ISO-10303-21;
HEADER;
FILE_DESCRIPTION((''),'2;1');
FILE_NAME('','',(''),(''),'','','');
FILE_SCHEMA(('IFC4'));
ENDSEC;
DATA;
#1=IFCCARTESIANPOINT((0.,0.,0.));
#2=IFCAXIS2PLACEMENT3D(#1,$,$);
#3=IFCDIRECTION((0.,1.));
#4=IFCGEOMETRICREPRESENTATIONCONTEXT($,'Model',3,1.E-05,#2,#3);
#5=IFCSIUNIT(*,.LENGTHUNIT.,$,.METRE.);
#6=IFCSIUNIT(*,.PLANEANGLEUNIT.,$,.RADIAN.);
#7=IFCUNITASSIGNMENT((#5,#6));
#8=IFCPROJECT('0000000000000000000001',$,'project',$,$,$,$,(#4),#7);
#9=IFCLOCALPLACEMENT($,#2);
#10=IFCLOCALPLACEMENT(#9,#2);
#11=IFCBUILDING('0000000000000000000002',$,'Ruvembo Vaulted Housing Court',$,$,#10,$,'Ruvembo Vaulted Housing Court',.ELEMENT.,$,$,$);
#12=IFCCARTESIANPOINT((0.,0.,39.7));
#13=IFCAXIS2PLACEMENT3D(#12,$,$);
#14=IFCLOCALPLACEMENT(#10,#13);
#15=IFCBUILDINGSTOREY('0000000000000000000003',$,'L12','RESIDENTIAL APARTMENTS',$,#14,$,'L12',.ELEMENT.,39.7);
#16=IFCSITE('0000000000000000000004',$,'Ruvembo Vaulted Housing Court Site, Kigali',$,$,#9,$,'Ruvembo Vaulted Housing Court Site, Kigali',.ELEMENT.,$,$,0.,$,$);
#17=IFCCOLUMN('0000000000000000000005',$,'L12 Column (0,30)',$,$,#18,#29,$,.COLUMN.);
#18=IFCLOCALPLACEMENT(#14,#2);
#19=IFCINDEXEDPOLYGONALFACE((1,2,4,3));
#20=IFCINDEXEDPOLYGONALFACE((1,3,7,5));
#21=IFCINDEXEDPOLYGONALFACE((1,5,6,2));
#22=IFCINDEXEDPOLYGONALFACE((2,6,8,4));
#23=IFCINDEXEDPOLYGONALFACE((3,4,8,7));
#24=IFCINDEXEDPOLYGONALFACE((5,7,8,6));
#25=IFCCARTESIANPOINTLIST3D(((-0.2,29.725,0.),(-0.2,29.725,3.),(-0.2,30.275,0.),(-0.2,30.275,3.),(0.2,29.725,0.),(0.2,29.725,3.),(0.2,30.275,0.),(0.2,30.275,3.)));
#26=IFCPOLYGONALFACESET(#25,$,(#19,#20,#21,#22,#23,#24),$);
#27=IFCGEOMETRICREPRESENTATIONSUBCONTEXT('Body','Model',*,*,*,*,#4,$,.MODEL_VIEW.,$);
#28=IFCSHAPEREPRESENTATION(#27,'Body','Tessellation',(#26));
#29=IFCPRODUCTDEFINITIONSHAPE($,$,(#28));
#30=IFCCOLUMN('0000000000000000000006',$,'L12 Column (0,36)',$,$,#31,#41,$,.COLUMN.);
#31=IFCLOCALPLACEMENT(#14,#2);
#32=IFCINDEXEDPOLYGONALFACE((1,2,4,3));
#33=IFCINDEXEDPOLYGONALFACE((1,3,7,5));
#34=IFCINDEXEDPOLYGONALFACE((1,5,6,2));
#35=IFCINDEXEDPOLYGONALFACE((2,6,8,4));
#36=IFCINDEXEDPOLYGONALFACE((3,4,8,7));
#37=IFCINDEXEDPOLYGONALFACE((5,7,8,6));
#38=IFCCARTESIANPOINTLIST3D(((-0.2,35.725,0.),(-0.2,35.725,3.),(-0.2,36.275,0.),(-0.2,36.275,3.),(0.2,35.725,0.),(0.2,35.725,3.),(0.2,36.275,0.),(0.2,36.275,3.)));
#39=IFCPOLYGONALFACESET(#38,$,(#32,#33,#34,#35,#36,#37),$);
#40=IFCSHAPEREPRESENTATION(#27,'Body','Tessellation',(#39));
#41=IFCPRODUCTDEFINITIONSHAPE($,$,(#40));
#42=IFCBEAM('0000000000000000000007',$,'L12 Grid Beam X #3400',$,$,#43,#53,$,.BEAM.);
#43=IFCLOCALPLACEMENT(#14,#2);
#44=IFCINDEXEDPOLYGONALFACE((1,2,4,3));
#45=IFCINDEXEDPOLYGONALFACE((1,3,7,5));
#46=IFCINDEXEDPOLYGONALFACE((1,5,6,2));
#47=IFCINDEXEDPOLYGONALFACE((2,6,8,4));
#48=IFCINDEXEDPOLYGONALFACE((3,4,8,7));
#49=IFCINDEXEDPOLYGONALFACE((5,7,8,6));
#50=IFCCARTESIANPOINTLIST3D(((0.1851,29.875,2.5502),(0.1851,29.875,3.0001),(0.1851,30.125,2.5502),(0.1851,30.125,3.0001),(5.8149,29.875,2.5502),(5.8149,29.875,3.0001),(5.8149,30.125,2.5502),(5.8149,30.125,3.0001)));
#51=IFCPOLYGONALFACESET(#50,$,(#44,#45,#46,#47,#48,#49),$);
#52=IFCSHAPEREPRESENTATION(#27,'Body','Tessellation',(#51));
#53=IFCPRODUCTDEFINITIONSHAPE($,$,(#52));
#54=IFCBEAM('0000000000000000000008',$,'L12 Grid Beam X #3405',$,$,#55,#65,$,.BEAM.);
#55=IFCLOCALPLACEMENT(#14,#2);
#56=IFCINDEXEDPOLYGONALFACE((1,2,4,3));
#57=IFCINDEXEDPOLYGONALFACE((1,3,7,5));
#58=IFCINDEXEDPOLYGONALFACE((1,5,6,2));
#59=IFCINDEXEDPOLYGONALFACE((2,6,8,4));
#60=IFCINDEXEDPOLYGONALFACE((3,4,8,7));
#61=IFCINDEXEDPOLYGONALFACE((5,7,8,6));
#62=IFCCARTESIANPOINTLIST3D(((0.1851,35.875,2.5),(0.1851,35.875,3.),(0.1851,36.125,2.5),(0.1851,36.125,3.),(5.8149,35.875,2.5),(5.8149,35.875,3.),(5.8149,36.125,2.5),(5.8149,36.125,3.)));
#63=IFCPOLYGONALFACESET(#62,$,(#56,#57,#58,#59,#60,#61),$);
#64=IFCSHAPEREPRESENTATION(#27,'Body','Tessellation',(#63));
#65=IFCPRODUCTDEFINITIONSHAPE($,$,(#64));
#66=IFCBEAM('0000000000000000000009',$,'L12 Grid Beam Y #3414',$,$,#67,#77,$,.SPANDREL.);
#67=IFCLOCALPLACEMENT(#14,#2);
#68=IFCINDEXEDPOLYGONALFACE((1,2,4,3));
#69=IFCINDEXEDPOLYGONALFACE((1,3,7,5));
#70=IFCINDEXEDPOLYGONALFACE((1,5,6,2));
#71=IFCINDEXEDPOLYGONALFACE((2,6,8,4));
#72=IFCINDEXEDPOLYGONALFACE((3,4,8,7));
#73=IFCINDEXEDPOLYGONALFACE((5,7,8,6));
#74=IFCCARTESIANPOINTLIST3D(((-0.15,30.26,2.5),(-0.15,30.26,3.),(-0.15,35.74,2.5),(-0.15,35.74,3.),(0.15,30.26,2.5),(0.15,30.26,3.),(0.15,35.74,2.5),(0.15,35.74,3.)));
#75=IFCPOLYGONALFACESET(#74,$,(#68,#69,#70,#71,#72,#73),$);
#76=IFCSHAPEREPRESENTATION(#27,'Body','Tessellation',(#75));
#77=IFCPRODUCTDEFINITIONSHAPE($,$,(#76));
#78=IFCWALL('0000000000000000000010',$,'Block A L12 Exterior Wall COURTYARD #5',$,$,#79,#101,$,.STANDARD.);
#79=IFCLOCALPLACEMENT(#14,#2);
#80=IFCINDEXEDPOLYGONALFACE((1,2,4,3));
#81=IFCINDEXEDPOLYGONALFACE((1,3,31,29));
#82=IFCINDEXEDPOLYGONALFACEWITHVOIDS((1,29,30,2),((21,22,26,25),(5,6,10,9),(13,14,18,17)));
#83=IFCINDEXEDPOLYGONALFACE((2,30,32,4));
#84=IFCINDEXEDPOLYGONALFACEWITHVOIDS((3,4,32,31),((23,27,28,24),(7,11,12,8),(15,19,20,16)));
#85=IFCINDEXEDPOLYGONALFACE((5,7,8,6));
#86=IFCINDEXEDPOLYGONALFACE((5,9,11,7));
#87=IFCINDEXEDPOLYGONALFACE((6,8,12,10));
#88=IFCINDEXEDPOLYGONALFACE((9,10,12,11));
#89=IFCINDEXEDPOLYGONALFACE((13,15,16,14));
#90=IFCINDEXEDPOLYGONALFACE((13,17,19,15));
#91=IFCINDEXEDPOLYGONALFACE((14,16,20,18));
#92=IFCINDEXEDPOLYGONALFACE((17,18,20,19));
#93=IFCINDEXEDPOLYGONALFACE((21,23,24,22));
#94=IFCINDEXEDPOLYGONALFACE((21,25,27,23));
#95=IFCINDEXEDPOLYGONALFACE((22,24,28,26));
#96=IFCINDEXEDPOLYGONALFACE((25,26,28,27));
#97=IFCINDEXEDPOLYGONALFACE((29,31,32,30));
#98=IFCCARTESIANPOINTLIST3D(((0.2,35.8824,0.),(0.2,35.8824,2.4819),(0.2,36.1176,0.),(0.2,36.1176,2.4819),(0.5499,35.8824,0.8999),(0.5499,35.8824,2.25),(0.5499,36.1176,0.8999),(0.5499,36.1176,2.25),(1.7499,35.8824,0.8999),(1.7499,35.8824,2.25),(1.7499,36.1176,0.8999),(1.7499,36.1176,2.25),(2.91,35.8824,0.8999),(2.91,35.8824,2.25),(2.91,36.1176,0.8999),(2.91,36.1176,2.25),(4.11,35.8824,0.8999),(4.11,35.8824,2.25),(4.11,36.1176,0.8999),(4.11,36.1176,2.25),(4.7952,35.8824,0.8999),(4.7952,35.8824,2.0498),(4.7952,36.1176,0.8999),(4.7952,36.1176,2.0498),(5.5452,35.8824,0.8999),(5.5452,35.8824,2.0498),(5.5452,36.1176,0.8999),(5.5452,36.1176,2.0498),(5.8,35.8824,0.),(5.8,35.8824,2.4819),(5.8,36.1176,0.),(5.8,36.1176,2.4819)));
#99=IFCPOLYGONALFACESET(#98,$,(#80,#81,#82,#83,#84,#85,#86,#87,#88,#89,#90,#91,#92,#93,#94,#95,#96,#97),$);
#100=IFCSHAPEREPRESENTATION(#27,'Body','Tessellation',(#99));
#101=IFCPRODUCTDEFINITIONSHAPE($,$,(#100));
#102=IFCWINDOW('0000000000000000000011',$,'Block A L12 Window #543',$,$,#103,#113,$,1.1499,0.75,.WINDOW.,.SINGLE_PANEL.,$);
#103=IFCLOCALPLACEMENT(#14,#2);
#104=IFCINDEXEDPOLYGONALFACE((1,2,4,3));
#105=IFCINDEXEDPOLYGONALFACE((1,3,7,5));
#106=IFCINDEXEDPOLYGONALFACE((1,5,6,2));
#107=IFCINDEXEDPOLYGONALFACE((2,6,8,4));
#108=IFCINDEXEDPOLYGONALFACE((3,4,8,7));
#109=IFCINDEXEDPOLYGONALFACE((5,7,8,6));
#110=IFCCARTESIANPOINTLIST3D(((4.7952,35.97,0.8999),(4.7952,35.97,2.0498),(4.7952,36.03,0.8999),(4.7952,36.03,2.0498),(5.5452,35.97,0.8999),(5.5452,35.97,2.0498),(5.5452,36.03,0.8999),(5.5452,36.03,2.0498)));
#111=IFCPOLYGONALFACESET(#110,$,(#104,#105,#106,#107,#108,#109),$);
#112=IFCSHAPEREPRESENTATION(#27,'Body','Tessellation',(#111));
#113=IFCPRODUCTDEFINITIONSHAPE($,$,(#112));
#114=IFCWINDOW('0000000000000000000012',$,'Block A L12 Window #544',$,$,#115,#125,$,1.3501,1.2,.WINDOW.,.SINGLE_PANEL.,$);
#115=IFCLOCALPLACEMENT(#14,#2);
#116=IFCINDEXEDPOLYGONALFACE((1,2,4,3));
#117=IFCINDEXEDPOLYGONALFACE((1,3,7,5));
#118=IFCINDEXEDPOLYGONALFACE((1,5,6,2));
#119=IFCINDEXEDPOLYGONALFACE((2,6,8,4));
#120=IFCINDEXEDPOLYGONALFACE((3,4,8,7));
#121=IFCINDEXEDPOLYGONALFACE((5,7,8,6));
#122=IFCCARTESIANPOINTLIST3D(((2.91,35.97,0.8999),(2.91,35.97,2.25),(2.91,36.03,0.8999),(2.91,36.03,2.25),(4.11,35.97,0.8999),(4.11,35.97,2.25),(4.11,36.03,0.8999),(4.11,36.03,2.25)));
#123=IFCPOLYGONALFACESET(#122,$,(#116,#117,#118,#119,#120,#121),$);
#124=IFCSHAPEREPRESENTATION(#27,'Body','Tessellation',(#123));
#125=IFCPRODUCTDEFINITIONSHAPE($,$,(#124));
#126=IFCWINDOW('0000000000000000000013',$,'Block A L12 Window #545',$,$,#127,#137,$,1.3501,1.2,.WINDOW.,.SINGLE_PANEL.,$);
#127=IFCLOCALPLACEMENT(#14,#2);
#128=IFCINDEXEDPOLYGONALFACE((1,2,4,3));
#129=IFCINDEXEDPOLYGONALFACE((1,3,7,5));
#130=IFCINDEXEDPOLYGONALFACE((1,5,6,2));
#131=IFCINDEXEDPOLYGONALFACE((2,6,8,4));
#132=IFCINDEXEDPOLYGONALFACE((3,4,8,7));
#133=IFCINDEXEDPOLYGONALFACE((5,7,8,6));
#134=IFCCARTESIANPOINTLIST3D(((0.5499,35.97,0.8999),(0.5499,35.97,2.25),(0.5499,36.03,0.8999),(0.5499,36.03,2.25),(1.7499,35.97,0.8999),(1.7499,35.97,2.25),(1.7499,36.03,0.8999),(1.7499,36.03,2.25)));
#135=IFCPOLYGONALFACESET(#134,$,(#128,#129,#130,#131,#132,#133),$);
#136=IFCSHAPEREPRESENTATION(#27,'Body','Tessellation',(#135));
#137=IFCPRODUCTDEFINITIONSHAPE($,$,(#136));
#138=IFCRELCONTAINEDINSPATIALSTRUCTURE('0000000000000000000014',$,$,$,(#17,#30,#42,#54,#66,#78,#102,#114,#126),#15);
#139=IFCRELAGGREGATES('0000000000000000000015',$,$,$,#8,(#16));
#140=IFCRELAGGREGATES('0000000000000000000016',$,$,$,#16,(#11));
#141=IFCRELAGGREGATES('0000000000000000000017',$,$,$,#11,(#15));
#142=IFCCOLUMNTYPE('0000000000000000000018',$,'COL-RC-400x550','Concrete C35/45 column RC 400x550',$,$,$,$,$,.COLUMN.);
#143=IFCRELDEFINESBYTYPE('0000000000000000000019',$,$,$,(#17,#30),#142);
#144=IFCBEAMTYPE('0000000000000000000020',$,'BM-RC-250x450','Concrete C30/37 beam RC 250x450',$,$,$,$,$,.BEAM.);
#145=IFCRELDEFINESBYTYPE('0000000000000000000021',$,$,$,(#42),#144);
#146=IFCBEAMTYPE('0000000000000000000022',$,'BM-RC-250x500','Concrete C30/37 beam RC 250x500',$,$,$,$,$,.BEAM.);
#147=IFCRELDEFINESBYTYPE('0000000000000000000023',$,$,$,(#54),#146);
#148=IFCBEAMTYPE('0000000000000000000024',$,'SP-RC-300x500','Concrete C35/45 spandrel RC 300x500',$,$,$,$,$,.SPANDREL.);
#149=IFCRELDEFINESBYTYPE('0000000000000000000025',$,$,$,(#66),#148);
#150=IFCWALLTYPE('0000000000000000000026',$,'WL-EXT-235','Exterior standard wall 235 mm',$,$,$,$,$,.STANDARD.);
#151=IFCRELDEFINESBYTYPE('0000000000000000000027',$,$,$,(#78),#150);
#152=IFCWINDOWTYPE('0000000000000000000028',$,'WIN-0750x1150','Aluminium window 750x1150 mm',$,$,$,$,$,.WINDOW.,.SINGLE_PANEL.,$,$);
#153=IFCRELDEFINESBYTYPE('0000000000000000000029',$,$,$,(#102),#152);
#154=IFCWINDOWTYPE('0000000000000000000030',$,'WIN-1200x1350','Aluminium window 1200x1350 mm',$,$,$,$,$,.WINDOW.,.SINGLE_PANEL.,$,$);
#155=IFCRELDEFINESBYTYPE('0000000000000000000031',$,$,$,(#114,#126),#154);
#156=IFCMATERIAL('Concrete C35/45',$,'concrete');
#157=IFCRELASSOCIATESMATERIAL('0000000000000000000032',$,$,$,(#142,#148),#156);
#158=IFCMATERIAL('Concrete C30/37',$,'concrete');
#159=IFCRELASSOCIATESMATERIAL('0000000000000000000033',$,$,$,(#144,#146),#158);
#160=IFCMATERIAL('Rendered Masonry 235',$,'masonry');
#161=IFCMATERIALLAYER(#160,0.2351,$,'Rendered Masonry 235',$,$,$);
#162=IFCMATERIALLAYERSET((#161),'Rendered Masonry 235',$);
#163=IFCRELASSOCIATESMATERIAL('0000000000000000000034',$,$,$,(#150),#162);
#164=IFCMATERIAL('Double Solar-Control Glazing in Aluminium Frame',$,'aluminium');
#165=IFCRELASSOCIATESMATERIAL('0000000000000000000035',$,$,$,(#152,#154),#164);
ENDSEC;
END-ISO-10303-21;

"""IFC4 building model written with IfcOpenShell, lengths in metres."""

from ifc_helpers import new_model, si_unit, direction, frame, frame_2d, origin, origin_2d, place, context, subcontext, project, spatial, rectangle, extrude, material, layer, layer_set, material_profile, profile_set, type_object, element, fill, save


model = new_model("IFC4")

# Units and contexts
model_context = context("Model", 3, precision=1e-05, world=origin(), true_north=direction((0.0, 1.0)))
body_context = subcontext(model_context, "Body", "Model", "MODEL_VIEW")
ifc_project = project(units=[si_unit("LENGTHUNIT", "METRE"), si_unit("PLANEANGLEUNIT", "RADIAN")], contexts=[model_context])

# Site, building, storey
site_placement = place(None, origin())
site = spatial("IfcSite", under=ifc_project, at=site_placement, Name="Ruvembo Vaulted Housing Court Site, Kigali", LongName="Ruvembo Vaulted Housing Court Site, Kigali", CompositionType="ELEMENT", RefElevation=0.0)
building_placement = place(site_placement, origin())
building = spatial("IfcBuilding", under=site, at=building_placement, Name="Ruvembo Vaulted Housing Court", LongName="Ruvembo Vaulted Housing Court", CompositionType="ELEMENT")
storey_placement = place(building_placement, frame((0.0, 0.0, 39.7)))
storey = spatial("IfcBuildingStorey", under=building, at=storey_placement, Name="L12", Description="RESIDENTIAL APARTMENTS", LongName="L12", CompositionType="ELEMENT", Elevation=39.7)

# Columns
ifc_material_1 = material(Name="Concrete C35/45", Category="concrete")
ifc_material_profile_1 = material_profile(ifc_material_1, rectangle(XDim=0.3999, YDim=0.55, at=origin_2d()), Name="RC 400x550")
ifc_profile_set_1 = profile_set([ifc_material_profile_1], Name="Concrete C35/45")
column_type = type_object("IfcColumnType", Name="COL-RC-400x550", Description="Concrete C35/45 column RC 400x550", PredefinedType="COLUMN", material=ifc_profile_set_1)
for number, where, z_axis, x_axis, name in (
    (1, (0.0, 30.0, 0.0), (0.0, 0.0, 1.0), (1.0, 0.0, 0.0), "L12 Column (0,30)"),
    (2, (0.0, 36.0, 0.0), (0.0, 0.0, 1.0), (1.0, 0.0, 0.0), "L12 Column (0,36)"),
):
    element("IfcColumn", number, at=place(storey_placement, frame(where, z_axis=z_axis, x_axis=x_axis)), inside=storey, type_object=column_type, Name=name, PredefinedType="COLUMN", context=body_context, shape_type="SweptSolid", body=[
        extrude(rectangle(XDim=0.3999, YDim=0.55, at=origin_2d()), origin(), (0.0, 0.0, 1.0), 3.0),
    ])

# Beams
ifc_material_2 = material(Name="Concrete C30/37", Category="concrete")
ifc_material_profile_2 = material_profile(ifc_material_2, rectangle(XDim=0.25, YDim=0.45, at=origin_2d()), Name="RC 250x450")
ifc_profile_set_2 = profile_set([ifc_material_profile_2], Name="Concrete C30/37")
beam_type_1 = type_object("IfcBeamType", Name="BM-RC-250x450", Description="Concrete C30/37 beam RC 250x450", PredefinedType="BEAM", material=ifc_profile_set_2)
beam_1_placement = place(storey_placement, frame((0.1851, 30.0, 2.7751), z_axis=(1.0, 0.0, 0.0), x_axis=(0.0, 1.0, 0.0)))
element("IfcBeam", 3, at=beam_1_placement, inside=storey, type_object=beam_type_1, Name="L12 Grid Beam X #3400", PredefinedType="BEAM", context=body_context, shape_type="SweptSolid", body=[
    extrude(rectangle(XDim=0.25, YDim=0.45, at=origin_2d()), origin(), (0.0, 0.0, 1.0), 5.6299),
])
ifc_material_profile_3 = material_profile(ifc_material_2, rectangle(XDim=0.25, YDim=0.5, at=origin_2d()), Name="RC 250x500")
ifc_profile_set_3 = profile_set([ifc_material_profile_3], Name="Concrete C30/37")
beam_type_2 = type_object("IfcBeamType", Name="BM-RC-250x500", Description="Concrete C30/37 beam RC 250x500", PredefinedType="BEAM", material=ifc_profile_set_3)
beam_2_placement = place(storey_placement, frame((0.1851, 36.0, 2.75), z_axis=(1.0, 0.0, 0.0), x_axis=(0.0, 1.0, 0.0)))
element("IfcBeam", 4, at=beam_2_placement, inside=storey, type_object=beam_type_2, Name="L12 Grid Beam X #3405", PredefinedType="BEAM", context=body_context, shape_type="SweptSolid", body=[
    extrude(rectangle(XDim=0.25, YDim=0.5, at=origin_2d()), origin(), (0.0, 0.0, 1.0), 5.6299),
])
ifc_material_profile_4 = material_profile(ifc_material_1, rectangle(XDim=0.3, YDim=0.5, at=origin_2d()), Name="RC 300x500")
ifc_profile_set_4 = profile_set([ifc_material_profile_4], Name="Concrete C35/45")
beam_type_3 = type_object("IfcBeamType", Name="SP-RC-300x500", Description="Concrete C35/45 spandrel RC 300x500", PredefinedType="SPANDREL", material=ifc_profile_set_4)
beam_3_placement = place(storey_placement, frame((0.0, 30.26, 2.75), z_axis=(0.0, 1.0, 0.0), x_axis=(-1.0, 0.0, 0.0)))
element("IfcBeam", 5, at=beam_3_placement, inside=storey, type_object=beam_type_3, Name="L12 Grid Beam Y #3414", PredefinedType="SPANDREL", context=body_context, shape_type="SweptSolid", body=[
    extrude(rectangle(XDim=0.3, YDim=0.5, at=origin_2d()), origin(), (0.0, 0.0, 1.0), 5.48),
])

# Wall, openings, windows
ifc_material_3 = material(Name="Rendered Masonry 235", Category="masonry")
ifc_layer_1 = layer(ifc_material_3, 0.2351, Name="Rendered Masonry 235")
ifc_layer_set_1 = layer_set([ifc_layer_1], Name="Rendered Masonry 235")
wall_type_1 = type_object("IfcWallType", Name="WL-EXT-235", Description="Exterior standard wall 235 mm", PredefinedType="STANDARD", material=ifc_layer_set_1)
wall_1_placement = place(storey_placement, frame((5.8, 36.0, 0.0), z_axis=(0.0, 0.0, 1.0), x_axis=(-1.0, 0.0, 0.0)))
wall_1 = element("IfcWall", 6, at=wall_1_placement, inside=storey, type_object=wall_type_1, Name="Block A L12 Exterior Wall COURTYARD #5", PredefinedType="STANDARD", context=body_context, shape_type="SweptSolid", body=[
    extrude(rectangle(XDim=5.6001, YDim=0.2351, at=frame_2d((2.8, 0.0))), origin(), (0.0, 0.0, 1.0), 2.4819),
])
opening_1_placement = place(wall_1_placement, frame((0.2549, 0.0, 0.8999)))
opening_1 = element("IfcOpeningElement", 7, at=opening_1_placement, cuts=wall_1, PredefinedType="OPENING", context=body_context, shape_type="SweptSolid", body=[
    extrude(rectangle(XDim=0.75, YDim=1.1499, at=frame_2d((0.375, 0.575))), frame((0.0, 0.1274, 0.0), z_axis=(0.0, -1.0, 0.0), x_axis=(1.0, 0.0, 0.0)), (0.0, 0.0, 1.0), 0.2551),
])
opening_2_placement = place(wall_1_placement, frame((1.6899, 0.0, 0.8999)))
opening_2 = element("IfcOpeningElement", 8, at=opening_2_placement, cuts=wall_1, PredefinedType="OPENING", context=body_context, shape_type="SweptSolid", body=[
    extrude(rectangle(XDim=1.2, YDim=1.3501, at=frame_2d((0.6001, 0.675))), frame((0.0, 0.1274, 0.0), z_axis=(0.0, -1.0, 0.0), x_axis=(1.0, 0.0, 0.0)), (0.0, 0.0, 1.0), 0.2551),
])
opening_3_placement = place(wall_1_placement, frame((4.05, 0.0, 0.8999)))
opening_3 = element("IfcOpeningElement", 9, at=opening_3_placement, cuts=wall_1, PredefinedType="OPENING", context=body_context, shape_type="SweptSolid", body=[
    extrude(rectangle(XDim=1.2, YDim=1.3501, at=frame_2d((0.6001, 0.675))), frame((0.0, 0.1274, 0.0), z_axis=(0.0, -1.0, 0.0), x_axis=(1.0, 0.0, 0.0)), (0.0, 0.0, 1.0), 0.2551),
])
ifc_material_4 = material(Name="Double Solar-Control Glazing in Aluminium Frame", Category="aluminium")
window_type_1 = type_object("IfcWindowType", Name="WIN-0750x1150", Description="Aluminium window 750x1150 mm", PartitioningType="SINGLE_PANEL", PredefinedType="WINDOW", material=ifc_material_4)
window_1_placement = place(opening_1_placement, origin())
window_1 = element("IfcWindow", 10, at=window_1_placement, inside=storey, type_object=window_type_1, Name="Block A L12 Window #543", OverallHeight=1.1499, OverallWidth=0.75, PartitioningType="SINGLE_PANEL", PredefinedType="WINDOW", context=body_context, shape_type="SweptSolid", body=[
    extrude(rectangle(XDim=0.75, YDim=1.1499, at=frame_2d((0.375, 0.575))), frame((0.0, 0.03, 0.0), z_axis=(0.0, -1.0, 0.0), x_axis=(1.0, 0.0, 0.0)), (0.0, 0.0, 1.0), 0.0601),
])
fill(opening_1, window_1)
window_type_2 = type_object("IfcWindowType", Name="WIN-1200x1350", Description="Aluminium window 1200x1350 mm", PartitioningType="SINGLE_PANEL", PredefinedType="WINDOW", material=ifc_material_4)
window_2_placement = place(opening_2_placement, origin())
window_2 = element("IfcWindow", 11, at=window_2_placement, inside=storey, type_object=window_type_2, Name="Block A L12 Window #544", OverallHeight=1.3501, OverallWidth=1.2, PartitioningType="SINGLE_PANEL", PredefinedType="WINDOW", context=body_context, shape_type="SweptSolid", body=[
    extrude(rectangle(XDim=1.2, YDim=1.3501, at=frame_2d((0.6001, 0.675))), frame((0.0, 0.03, 0.0), z_axis=(0.0, -1.0, 0.0), x_axis=(1.0, 0.0, 0.0)), (0.0, 0.0, 1.0), 0.0601),
])
fill(opening_2, window_2)
window_3_placement = place(opening_3_placement, origin())
window_3 = element("IfcWindow", 12, at=window_3_placement, inside=storey, type_object=window_type_2, Name="Block A L12 Window #545", OverallHeight=1.3501, OverallWidth=1.2, PartitioningType="SINGLE_PANEL", PredefinedType="WINDOW", context=body_context, shape_type="SweptSolid", body=[
    extrude(rectangle(XDim=1.2, YDim=1.3501, at=frame_2d((0.6001, 0.675))), frame((0.0, 0.03, 0.0), z_axis=(0.0, -1.0, 0.0), x_axis=(1.0, 0.0, 0.0)), (0.0, 0.0, 1.0), 0.0601),
])
fill(opening_3, window_3)

save(model, "model.ifc")
